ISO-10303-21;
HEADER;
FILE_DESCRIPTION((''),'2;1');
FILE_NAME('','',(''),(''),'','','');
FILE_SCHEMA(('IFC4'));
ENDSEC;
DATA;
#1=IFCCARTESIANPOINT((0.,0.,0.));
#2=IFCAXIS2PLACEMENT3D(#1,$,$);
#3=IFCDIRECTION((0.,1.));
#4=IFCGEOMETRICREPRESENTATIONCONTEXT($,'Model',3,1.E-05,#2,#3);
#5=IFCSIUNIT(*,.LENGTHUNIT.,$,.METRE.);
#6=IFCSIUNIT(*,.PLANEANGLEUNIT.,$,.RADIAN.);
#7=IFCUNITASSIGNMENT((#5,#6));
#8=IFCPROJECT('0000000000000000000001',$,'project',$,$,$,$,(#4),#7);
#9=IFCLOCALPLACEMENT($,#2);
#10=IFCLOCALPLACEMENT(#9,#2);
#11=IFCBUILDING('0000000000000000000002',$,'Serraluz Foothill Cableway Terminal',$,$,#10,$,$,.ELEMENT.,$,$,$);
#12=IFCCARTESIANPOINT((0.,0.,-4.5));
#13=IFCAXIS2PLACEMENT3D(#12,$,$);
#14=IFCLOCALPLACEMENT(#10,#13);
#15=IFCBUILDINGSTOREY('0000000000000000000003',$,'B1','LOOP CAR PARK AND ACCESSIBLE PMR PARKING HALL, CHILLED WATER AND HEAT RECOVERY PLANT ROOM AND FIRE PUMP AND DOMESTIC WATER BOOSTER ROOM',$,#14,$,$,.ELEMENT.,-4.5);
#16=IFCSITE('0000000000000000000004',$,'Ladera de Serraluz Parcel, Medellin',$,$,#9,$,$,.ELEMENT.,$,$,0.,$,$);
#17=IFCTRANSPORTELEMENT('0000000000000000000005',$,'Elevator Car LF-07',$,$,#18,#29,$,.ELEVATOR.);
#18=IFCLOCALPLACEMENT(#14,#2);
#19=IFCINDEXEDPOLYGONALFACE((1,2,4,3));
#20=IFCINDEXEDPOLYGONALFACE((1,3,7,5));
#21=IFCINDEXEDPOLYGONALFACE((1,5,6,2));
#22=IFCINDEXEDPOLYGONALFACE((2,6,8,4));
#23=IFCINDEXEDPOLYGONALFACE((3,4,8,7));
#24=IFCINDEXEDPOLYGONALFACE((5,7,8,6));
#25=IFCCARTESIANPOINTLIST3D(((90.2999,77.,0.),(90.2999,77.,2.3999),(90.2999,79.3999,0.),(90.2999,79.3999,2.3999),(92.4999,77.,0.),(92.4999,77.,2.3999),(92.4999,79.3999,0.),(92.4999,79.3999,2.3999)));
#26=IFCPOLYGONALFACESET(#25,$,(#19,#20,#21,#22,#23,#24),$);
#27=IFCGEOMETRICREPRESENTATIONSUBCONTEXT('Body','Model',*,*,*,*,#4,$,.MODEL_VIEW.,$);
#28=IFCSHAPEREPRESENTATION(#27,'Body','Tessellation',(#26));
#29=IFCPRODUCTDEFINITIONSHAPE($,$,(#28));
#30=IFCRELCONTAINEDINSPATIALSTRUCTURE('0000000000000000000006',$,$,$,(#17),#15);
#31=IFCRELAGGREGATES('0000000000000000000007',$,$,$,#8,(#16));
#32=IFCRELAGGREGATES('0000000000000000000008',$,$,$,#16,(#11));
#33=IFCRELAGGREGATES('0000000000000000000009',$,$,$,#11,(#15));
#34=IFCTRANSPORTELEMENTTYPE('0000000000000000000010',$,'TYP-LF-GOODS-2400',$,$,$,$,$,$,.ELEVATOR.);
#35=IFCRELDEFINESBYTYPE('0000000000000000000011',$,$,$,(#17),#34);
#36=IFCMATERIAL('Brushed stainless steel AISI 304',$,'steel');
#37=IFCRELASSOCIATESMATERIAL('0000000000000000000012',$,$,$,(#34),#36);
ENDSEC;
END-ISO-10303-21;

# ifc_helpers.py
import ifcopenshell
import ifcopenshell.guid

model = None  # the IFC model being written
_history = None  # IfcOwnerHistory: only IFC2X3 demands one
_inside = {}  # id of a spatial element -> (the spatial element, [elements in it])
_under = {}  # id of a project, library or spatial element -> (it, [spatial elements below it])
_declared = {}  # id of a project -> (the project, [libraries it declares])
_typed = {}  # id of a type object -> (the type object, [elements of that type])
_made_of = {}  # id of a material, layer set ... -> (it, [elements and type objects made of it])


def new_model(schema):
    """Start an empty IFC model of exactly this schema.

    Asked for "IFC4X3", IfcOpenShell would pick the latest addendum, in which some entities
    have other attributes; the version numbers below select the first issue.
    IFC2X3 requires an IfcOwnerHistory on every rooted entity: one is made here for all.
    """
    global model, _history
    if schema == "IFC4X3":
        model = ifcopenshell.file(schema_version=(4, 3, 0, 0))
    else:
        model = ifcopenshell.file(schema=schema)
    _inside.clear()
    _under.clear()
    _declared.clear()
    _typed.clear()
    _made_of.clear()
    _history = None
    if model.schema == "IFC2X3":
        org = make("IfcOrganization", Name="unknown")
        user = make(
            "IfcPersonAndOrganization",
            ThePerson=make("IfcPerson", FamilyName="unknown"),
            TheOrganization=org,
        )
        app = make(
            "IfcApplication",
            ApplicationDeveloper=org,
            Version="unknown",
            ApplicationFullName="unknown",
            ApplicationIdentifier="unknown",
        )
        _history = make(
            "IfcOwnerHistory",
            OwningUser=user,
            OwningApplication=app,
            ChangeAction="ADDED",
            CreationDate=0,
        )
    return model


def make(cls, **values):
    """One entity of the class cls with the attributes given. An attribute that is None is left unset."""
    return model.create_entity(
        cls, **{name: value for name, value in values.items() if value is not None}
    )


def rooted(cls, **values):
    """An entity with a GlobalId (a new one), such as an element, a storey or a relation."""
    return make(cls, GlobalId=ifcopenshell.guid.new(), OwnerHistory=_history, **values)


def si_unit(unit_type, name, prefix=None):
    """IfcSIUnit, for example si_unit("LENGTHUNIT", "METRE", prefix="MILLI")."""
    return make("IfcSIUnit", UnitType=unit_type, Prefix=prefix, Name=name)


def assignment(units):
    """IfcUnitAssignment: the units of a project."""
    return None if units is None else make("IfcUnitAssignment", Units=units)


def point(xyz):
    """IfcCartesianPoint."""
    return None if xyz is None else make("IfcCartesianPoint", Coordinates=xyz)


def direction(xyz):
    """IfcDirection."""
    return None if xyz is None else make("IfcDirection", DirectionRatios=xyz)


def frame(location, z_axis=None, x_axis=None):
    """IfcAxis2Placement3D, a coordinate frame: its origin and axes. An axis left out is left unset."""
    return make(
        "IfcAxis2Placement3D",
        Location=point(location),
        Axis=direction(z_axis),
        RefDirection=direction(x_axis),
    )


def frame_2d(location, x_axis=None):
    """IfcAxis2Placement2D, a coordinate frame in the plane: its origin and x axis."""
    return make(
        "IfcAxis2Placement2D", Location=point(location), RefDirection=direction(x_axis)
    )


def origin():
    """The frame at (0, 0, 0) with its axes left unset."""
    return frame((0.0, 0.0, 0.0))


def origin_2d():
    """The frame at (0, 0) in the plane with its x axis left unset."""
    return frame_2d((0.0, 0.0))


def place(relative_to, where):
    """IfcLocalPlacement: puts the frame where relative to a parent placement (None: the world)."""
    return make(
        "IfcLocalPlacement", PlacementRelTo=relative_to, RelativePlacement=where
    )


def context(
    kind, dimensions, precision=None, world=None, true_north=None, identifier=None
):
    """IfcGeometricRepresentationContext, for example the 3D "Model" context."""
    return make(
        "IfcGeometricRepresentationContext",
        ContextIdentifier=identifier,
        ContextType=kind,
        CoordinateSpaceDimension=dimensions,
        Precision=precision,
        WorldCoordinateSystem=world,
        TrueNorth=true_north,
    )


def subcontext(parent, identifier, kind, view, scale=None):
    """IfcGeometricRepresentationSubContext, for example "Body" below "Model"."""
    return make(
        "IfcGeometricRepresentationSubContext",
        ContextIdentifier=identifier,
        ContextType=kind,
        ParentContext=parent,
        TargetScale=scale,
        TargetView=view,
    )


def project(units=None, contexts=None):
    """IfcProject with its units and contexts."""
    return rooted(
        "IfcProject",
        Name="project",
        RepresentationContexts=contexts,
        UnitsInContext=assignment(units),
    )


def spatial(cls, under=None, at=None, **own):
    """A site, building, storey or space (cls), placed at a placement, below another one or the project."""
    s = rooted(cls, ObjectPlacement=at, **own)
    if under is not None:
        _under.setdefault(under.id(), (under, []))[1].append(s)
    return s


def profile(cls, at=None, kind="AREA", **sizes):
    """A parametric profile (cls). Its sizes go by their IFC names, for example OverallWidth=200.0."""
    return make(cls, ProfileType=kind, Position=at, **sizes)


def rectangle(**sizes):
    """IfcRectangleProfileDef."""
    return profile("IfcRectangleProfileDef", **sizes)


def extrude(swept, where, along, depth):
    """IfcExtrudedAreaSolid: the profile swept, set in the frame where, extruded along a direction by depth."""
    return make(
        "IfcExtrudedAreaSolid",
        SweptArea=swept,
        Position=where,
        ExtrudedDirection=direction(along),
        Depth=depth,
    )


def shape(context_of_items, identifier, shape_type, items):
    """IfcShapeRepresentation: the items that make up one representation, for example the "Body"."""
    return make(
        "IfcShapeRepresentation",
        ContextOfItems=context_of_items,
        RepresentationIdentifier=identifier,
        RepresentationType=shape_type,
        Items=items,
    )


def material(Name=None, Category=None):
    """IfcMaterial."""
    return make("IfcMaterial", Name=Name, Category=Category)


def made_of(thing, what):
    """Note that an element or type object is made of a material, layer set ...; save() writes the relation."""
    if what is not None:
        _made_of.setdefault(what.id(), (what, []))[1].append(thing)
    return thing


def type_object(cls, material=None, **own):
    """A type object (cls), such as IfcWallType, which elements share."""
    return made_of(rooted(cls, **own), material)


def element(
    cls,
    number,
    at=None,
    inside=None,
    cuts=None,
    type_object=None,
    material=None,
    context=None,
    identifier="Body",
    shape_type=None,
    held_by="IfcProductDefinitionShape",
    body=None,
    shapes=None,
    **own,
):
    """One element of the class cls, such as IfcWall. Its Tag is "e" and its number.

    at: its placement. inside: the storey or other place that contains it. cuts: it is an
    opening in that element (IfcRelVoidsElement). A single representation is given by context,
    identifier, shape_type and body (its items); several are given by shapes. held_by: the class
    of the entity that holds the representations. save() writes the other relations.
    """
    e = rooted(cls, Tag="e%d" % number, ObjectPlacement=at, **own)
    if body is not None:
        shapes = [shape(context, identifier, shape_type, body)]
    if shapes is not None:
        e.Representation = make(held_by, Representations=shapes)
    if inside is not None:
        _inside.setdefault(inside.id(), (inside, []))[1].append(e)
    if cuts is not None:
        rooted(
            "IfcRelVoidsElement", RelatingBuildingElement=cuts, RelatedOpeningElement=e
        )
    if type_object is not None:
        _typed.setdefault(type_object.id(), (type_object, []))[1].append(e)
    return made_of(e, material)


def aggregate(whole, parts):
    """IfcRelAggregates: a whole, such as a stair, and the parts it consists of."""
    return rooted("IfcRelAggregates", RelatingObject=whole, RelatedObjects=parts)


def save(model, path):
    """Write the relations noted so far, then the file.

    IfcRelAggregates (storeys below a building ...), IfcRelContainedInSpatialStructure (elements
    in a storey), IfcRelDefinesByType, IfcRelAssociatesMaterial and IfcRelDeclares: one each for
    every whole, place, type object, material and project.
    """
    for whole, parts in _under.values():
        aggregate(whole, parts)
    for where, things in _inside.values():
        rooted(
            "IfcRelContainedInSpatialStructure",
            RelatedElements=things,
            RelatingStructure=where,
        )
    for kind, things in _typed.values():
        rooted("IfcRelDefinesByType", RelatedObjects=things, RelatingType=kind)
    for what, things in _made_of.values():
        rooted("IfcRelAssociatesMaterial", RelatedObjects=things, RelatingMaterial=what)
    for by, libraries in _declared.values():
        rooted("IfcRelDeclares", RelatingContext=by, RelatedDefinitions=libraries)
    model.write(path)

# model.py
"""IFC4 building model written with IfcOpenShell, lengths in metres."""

from ifc_helpers import new_model, si_unit, direction, frame, origin, origin_2d, place, context, subcontext, project, spatial, rectangle, extrude, material, type_object, element, save


model = new_model("IFC4")

# Units and contexts
model_context = context("Model", 3, precision=1e-05, world=origin(), true_north=direction((0.0, 1.0)))
body_context = subcontext(model_context, "Body", "Model", "MODEL_VIEW")
ifc_project = project(units=[si_unit("LENGTHUNIT", "METRE"), si_unit("PLANEANGLEUNIT", "RADIAN")], contexts=[model_context])

# Site, building, storey
site_placement = place(None, origin())
site = spatial("IfcSite", under=ifc_project, at=site_placement, Name="Ladera de Serraluz Parcel, Medellin", CompositionType="ELEMENT", RefElevation=0.0)
building_placement = place(site_placement, origin())
building = spatial("IfcBuilding", under=site, at=building_placement, Name="Serraluz Foothill Cableway Terminal", CompositionType="ELEMENT")
storey_placement = place(building_placement, frame((0.0, 0.0, -4.5)))
storey = spatial("IfcBuildingStorey", under=building, at=storey_placement, Name="B1", Description="LOOP CAR PARK AND ACCESSIBLE PMR PARKING HALL, CHILLED WATER AND HEAT RECOVERY PLANT ROOM AND FIRE PUMP AND DOMESTIC WATER BOOSTER ROOM", CompositionType="ELEMENT", Elevation=-4.5)

# Transport element
ifc_material_1 = material(Name="Brushed stainless steel AISI 304", Category="steel")
transport_element_type = type_object("IfcTransportElementType", Name="TYP-LF-GOODS-2400", PredefinedType="ELEVATOR", material=ifc_material_1)
transport_element_placement = place(storey_placement, frame((91.3999, 78.2, 0.0), z_axis=(0.0, 0.0, 1.0), x_axis=(1.0, 0.0, 0.0)))
element("IfcTransportElement", 1, at=transport_element_placement, inside=storey, type_object=transport_element_type, Name="Elevator Car LF-07", PredefinedType="ELEVATOR", context=body_context, shape_type="SweptSolid", body=[
    extrude(rectangle(XDim=2.2, YDim=2.3999, at=origin_2d()), origin(), (0.0, 0.0, 1.0), 2.3999),
])

save(model, "model.ifc")
